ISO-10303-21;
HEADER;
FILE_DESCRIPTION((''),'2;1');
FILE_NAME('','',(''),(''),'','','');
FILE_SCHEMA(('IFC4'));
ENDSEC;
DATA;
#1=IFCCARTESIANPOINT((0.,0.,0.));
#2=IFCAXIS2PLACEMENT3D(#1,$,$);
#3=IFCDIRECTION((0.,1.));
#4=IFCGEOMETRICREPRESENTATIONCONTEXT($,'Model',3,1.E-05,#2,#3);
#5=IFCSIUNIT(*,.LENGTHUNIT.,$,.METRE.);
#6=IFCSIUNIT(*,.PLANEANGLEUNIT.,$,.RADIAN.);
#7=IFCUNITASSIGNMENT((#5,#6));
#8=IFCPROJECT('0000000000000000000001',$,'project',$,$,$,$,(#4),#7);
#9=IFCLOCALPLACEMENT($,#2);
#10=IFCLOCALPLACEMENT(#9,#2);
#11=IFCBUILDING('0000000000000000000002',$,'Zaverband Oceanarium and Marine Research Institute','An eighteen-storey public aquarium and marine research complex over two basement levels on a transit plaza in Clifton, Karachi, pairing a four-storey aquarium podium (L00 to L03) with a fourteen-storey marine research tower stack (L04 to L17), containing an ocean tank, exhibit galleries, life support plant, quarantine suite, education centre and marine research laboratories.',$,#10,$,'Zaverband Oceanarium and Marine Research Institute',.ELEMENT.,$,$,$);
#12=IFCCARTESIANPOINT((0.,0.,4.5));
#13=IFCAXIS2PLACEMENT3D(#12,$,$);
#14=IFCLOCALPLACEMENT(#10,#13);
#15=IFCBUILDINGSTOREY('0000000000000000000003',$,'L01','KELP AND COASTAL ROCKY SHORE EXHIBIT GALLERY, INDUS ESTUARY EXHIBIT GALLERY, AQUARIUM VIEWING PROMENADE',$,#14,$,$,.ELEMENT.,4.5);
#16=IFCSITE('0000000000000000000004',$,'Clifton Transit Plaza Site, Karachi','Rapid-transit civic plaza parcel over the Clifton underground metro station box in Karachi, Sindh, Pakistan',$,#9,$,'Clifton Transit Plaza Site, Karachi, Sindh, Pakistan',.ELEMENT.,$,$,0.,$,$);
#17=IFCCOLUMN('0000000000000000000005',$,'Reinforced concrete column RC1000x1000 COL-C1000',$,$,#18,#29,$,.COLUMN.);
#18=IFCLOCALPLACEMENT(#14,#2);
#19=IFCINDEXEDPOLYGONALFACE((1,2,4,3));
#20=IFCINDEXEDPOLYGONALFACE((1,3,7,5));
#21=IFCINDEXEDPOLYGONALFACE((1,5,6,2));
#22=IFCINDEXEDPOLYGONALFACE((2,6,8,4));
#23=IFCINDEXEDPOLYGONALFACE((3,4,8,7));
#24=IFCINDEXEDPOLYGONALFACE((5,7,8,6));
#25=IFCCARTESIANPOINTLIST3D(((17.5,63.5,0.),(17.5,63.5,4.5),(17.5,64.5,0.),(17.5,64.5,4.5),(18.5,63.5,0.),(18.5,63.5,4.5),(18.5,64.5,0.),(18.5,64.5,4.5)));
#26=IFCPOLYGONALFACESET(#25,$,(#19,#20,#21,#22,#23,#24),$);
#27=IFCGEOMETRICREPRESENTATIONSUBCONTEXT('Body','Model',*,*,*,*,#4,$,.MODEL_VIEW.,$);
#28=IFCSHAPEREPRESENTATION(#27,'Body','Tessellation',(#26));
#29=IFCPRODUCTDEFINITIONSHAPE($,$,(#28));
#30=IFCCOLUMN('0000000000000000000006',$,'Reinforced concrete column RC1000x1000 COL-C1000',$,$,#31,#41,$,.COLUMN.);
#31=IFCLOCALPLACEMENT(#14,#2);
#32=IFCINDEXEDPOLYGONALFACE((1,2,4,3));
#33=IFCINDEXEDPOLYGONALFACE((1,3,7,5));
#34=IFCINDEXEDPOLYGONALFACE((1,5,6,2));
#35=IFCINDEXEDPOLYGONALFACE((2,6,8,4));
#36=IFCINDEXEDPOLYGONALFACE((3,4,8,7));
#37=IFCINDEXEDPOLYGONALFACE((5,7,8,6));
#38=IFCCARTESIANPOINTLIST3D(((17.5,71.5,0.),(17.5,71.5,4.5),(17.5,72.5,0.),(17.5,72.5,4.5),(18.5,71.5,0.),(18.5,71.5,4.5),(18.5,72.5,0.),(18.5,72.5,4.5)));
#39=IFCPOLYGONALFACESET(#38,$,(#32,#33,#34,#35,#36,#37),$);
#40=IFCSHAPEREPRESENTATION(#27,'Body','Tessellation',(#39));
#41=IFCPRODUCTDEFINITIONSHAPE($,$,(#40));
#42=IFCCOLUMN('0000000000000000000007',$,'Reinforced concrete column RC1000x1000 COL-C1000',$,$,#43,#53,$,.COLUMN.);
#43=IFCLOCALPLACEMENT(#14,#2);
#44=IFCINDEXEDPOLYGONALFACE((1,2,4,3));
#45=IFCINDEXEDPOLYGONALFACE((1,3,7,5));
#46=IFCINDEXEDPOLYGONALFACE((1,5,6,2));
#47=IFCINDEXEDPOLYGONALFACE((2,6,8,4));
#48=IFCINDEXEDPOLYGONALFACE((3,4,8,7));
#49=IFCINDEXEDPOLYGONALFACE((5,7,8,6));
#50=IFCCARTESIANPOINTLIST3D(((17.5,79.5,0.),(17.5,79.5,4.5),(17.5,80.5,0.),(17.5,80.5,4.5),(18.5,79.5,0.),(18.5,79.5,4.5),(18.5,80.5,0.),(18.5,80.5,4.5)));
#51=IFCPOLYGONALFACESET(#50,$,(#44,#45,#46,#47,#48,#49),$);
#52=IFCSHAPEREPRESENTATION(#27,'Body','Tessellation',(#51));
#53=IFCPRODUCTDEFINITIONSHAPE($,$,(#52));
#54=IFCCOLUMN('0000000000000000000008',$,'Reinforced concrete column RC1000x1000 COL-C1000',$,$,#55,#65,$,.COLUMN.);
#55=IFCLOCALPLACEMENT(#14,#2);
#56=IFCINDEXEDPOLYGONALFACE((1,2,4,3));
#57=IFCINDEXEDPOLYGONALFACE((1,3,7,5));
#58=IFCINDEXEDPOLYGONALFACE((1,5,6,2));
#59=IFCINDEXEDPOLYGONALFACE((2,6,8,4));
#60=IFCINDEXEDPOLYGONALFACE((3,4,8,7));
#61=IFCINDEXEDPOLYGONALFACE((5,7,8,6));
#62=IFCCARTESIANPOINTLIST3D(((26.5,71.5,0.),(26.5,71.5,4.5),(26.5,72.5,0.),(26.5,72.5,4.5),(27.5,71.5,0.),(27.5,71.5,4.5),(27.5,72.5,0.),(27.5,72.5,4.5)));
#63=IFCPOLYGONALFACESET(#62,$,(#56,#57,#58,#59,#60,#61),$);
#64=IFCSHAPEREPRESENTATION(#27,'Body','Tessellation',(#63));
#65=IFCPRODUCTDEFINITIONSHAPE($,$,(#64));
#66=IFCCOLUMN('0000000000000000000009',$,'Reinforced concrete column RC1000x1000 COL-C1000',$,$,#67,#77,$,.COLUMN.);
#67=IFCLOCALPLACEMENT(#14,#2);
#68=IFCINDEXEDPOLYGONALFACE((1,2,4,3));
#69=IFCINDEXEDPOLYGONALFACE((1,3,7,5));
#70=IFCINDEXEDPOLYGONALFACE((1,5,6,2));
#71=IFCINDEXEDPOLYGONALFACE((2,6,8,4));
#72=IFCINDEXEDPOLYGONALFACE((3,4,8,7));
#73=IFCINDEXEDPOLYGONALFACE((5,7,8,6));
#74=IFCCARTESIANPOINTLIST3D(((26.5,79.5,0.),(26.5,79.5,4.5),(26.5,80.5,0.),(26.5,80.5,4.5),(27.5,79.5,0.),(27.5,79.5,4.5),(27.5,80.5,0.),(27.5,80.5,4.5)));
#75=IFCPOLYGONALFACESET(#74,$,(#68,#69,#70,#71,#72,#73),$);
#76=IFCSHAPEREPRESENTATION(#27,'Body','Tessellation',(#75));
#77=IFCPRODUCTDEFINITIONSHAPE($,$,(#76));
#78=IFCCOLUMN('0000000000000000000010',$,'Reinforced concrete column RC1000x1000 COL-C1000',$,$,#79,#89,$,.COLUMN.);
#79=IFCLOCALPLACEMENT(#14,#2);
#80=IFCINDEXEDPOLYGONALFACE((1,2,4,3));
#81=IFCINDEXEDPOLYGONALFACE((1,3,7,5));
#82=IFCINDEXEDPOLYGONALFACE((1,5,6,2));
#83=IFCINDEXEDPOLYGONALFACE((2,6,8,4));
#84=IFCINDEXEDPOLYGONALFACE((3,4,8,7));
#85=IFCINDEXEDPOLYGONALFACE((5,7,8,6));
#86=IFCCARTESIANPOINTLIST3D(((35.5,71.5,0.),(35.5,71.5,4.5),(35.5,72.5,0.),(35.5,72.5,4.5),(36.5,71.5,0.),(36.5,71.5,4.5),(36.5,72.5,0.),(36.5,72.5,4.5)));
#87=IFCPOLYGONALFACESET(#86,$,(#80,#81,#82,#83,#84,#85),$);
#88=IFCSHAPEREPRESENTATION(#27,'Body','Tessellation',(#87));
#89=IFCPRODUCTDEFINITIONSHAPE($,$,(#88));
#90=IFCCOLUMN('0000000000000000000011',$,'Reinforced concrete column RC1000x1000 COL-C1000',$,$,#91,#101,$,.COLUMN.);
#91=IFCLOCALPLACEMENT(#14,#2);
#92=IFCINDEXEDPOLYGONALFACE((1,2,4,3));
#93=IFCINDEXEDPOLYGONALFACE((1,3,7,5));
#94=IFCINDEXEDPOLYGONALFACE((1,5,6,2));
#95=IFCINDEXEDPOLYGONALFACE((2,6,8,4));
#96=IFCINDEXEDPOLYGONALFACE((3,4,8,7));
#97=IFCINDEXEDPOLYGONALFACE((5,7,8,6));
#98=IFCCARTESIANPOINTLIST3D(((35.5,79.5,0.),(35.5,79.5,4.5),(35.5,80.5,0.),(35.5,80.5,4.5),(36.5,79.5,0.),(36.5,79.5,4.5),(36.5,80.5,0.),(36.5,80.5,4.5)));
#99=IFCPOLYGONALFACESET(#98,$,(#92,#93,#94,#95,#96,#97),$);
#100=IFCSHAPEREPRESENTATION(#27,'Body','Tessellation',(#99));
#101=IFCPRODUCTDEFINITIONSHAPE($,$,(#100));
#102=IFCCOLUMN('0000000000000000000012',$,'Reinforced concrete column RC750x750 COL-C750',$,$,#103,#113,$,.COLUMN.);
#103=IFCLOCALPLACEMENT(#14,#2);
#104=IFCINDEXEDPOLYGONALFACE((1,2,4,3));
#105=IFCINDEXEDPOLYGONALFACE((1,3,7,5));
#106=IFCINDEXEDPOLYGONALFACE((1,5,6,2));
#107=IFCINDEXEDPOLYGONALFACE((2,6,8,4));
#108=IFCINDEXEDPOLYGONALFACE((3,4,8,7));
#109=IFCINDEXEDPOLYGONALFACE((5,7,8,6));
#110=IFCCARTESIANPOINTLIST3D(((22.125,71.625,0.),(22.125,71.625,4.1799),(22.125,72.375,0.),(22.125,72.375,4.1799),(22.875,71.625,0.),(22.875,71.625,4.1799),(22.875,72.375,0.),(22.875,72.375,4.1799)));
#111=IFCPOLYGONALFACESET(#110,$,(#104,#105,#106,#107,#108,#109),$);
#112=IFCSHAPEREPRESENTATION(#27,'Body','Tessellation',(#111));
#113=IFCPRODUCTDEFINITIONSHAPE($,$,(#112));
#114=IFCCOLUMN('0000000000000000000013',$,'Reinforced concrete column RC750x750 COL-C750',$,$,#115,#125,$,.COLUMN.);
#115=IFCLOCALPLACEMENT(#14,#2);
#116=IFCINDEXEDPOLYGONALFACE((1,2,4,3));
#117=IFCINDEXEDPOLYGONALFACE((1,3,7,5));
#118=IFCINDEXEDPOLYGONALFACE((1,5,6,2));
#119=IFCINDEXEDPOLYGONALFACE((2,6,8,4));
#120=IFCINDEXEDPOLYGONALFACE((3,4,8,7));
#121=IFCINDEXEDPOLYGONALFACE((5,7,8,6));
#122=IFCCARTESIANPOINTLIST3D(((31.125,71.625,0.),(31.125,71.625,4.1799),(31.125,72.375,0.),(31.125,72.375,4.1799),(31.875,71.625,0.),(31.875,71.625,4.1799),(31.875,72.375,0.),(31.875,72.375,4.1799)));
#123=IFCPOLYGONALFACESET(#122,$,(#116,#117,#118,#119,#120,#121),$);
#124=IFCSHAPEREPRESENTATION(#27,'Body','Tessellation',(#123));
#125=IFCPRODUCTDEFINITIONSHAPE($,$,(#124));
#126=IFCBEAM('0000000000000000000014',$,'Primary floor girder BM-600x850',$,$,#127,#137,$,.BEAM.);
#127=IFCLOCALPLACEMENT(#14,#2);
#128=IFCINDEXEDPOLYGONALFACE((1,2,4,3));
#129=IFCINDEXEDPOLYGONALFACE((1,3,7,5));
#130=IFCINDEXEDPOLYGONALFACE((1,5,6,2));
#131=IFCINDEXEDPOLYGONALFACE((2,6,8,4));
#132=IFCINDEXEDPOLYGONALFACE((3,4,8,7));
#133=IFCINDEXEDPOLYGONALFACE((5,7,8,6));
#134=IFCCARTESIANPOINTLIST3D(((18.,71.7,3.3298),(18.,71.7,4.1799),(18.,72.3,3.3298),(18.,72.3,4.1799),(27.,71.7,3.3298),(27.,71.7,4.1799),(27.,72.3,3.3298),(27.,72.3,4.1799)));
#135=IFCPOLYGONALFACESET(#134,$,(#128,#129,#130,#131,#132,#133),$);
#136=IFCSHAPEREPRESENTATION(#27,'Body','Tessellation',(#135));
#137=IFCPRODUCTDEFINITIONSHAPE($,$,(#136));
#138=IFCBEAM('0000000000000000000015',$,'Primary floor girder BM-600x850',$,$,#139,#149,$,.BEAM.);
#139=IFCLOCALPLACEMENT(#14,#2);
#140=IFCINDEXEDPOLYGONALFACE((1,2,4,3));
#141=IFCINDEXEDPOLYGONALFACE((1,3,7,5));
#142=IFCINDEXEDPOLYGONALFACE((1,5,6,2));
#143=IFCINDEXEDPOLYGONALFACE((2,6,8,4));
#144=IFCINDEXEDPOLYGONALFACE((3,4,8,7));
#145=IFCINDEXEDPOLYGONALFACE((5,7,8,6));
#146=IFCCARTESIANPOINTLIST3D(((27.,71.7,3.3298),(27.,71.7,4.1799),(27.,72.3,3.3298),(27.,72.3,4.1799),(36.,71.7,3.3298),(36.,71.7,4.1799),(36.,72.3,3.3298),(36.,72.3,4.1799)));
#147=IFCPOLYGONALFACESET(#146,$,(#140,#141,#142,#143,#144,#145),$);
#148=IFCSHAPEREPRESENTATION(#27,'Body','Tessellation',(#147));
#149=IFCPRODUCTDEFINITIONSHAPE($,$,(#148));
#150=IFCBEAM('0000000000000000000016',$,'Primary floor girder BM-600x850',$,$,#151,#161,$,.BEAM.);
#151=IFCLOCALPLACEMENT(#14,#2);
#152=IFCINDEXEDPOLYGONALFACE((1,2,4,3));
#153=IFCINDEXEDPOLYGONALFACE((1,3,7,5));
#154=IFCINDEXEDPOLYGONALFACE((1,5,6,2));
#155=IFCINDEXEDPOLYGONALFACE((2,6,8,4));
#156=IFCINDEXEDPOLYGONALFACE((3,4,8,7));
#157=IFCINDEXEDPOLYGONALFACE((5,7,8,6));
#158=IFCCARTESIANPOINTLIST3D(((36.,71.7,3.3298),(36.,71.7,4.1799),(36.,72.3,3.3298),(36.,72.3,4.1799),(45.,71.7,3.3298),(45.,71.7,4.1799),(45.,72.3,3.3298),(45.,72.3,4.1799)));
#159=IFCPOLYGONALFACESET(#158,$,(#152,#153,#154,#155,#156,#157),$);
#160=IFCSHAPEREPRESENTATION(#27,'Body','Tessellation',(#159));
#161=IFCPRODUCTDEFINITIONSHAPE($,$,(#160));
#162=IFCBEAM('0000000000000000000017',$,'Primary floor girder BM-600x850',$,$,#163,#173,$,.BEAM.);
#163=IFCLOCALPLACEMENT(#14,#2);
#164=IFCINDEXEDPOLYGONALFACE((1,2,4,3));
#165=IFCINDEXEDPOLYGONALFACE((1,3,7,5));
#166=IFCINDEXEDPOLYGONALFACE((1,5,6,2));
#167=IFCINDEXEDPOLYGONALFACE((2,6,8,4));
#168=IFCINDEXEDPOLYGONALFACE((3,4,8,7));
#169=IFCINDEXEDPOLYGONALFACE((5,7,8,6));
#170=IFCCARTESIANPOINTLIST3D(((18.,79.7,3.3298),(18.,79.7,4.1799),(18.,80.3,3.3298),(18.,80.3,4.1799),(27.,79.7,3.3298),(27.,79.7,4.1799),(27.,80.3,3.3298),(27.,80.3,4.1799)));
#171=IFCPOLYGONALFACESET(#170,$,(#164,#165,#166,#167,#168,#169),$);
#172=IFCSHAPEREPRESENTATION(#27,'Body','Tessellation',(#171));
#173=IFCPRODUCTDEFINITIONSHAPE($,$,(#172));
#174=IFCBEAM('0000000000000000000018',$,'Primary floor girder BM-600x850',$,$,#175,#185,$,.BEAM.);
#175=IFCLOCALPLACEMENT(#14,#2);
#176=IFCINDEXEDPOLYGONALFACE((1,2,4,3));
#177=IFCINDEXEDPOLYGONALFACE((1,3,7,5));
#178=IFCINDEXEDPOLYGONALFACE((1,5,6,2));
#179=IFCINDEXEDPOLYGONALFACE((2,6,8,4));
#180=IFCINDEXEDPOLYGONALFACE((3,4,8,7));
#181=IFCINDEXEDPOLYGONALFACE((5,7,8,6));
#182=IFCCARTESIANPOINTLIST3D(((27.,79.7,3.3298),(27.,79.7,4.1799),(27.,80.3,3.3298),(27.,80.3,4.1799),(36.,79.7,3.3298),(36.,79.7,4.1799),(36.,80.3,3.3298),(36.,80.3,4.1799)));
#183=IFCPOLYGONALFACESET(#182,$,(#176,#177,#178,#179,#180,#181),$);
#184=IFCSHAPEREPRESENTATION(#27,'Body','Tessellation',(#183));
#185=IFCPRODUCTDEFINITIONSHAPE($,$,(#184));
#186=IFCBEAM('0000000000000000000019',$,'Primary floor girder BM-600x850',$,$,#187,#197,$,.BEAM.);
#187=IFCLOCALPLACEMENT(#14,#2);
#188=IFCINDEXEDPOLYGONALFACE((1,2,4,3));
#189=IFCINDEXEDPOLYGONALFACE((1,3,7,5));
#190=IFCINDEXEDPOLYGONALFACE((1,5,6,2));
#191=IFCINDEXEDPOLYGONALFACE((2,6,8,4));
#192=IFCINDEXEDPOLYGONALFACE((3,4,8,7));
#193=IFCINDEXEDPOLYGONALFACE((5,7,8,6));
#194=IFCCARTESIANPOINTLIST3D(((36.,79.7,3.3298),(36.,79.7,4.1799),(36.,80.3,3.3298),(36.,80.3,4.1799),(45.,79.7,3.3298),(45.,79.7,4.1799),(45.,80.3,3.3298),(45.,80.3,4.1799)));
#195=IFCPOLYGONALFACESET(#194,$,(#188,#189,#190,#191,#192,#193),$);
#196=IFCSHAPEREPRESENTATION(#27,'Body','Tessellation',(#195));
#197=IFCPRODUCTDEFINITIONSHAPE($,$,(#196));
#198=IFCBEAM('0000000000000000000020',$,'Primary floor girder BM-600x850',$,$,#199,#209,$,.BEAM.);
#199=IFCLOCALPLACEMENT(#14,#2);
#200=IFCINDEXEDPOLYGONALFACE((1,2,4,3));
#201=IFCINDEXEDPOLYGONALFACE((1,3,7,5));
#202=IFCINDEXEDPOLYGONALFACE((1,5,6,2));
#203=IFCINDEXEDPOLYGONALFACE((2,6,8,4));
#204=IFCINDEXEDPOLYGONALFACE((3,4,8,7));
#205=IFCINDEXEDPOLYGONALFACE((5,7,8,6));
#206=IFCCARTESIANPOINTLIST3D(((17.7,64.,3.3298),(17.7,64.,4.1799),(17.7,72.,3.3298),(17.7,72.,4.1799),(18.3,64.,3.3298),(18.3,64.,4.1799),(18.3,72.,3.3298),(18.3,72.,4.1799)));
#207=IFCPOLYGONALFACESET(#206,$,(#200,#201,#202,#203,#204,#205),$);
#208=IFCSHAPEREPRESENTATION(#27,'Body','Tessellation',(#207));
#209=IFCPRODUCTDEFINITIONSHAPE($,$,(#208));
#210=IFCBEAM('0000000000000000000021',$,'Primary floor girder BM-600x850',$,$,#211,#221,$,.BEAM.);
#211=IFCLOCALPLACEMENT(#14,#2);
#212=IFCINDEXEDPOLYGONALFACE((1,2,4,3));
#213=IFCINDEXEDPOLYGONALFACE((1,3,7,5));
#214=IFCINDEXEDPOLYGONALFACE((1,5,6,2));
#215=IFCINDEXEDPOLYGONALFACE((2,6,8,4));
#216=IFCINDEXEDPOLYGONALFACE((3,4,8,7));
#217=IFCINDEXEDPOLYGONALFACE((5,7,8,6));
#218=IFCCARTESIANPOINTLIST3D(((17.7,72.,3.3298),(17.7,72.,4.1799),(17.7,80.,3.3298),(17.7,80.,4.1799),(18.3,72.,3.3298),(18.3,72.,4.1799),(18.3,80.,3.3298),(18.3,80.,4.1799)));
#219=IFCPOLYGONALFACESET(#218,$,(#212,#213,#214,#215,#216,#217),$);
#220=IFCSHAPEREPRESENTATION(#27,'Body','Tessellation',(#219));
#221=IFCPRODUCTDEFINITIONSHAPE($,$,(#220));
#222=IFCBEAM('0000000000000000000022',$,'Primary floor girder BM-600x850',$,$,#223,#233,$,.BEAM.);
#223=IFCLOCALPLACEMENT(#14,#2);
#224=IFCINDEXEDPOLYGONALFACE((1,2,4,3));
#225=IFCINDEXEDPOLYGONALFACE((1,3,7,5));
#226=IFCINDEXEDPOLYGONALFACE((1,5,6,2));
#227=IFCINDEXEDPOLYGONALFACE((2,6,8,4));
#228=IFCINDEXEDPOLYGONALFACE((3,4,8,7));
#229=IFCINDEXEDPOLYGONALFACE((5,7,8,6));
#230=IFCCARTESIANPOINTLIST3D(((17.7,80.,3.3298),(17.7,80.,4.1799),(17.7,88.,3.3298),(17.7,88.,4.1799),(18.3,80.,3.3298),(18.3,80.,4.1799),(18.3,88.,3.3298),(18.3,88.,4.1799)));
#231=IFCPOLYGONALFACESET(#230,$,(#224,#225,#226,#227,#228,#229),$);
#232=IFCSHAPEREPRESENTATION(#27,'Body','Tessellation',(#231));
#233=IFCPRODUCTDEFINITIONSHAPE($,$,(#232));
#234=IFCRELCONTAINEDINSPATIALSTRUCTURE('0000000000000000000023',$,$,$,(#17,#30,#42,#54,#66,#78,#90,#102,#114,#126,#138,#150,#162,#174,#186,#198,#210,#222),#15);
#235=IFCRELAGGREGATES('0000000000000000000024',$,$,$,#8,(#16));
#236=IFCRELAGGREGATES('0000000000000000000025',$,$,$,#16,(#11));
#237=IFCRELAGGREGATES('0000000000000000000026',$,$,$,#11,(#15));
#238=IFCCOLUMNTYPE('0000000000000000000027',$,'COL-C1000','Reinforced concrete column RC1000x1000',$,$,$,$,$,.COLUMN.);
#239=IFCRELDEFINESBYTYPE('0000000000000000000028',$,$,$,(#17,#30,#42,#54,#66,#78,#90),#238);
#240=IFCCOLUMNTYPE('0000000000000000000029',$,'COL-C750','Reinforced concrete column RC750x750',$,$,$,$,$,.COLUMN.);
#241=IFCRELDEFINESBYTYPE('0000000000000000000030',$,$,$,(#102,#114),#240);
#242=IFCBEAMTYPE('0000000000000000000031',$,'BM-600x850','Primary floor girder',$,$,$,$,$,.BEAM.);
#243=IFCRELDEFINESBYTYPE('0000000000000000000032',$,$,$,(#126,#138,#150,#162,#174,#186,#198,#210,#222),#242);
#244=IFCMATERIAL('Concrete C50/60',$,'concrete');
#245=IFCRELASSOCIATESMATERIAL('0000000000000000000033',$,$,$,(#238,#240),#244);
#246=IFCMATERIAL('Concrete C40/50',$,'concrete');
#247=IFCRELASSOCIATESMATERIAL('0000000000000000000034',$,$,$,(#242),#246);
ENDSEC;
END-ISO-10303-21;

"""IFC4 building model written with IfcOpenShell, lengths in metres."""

from ifc_helpers import new_model, si_unit, direction, frame, origin, origin_2d, place, context, subcontext, project, spatial, rectangle, extrude, material, material_profile, profile_set, type_object, element, save


model = new_model("IFC4")

# Units and contexts
model_context = context("Model", 3, precision=1e-05, world=origin(), true_north=direction((0.0, 1.0)))
body_context = subcontext(model_context, "Body", "Model", "MODEL_VIEW")
ifc_project = project(units=[si_unit("LENGTHUNIT", "METRE"), si_unit("PLANEANGLEUNIT", "RADIAN")], contexts=[model_context])

# Site, building, storey
site_placement = place(None, origin())
site = spatial("IfcSite", under=ifc_project, at=site_placement, Name="Clifton Transit Plaza Site, Karachi", Description="Rapid-transit civic plaza parcel over the Clifton underground metro station box in Karachi, Sindh, Pakistan", LongName="Clifton Transit Plaza Site, Karachi, Sindh, Pakistan", CompositionType="ELEMENT", RefElevation=0.0)
building_placement = place(site_placement, origin())
building = spatial("IfcBuilding", under=site, at=building_placement, Name="Zaverband Oceanarium and Marine Research Institute", Description="An eighteen-storey public aquarium and marine research complex over two basement levels on a transit plaza in Clifton, Karachi, pairing a four-storey aquarium podium (L00 to L03) with a fourteen-storey marine research tower stack (L04 to L17), containing an ocean tank, exhibit galleries, life support plant, quarantine suite, education centre and marine research laboratories.", LongName="Zaverband Oceanarium and Marine Research Institute", CompositionType="ELEMENT")
storey_placement = place(building_placement, frame((0.0, 0.0, 4.5)))
storey = spatial("IfcBuildingStorey", under=building, at=storey_placement, Name="L01", Description="KELP AND COASTAL ROCKY SHORE EXHIBIT GALLERY, INDUS ESTUARY EXHIBIT GALLERY, AQUARIUM VIEWING PROMENADE", CompositionType="ELEMENT", Elevation=4.5)

# Columns
ifc_material_1 = material(Name="Concrete C50/60", Category="concrete")
ifc_material_profile_1 = material_profile(ifc_material_1, rectangle(XDim=1.0, YDim=1.0, at=origin_2d()), Name="RC1000x1000")
ifc_profile_set_1 = profile_set([ifc_material_profile_1], Name="Concrete C50/60")
column_type_1 = type_object("IfcColumnType", Name="COL-C1000", Description="Reinforced concrete column RC1000x1000", PredefinedType="COLUMN", material=ifc_profile_set_1)
for number, where, z_axis, x_axis, name in (
    (1, (18.0, 64.0, 0.0), (0.0, 0.0, 1.0), (1.0, 0.0, 0.0), "Reinforced concrete column RC1000x1000 COL-C1000"),
    (2, (18.0, 72.0, 0.0), (0.0, 0.0, 1.0), (1.0, 0.0, 0.0), "Reinforced concrete column RC1000x1000 COL-C1000"),
    (3, (18.0, 80.0, 0.0), (0.0, 0.0, 1.0), (1.0, 0.0, 0.0), "Reinforced concrete column RC1000x1000 COL-C1000"),
    (4, (27.0, 72.0, 0.0), (0.0, 0.0, 1.0), (1.0, 0.0, 0.0), "Reinforced concrete column RC1000x1000 COL-C1000"),
    (5, (27.0, 80.0, 0.0), (0.0, 0.0, 1.0), (1.0, 0.0, 0.0), "Reinforced concrete column RC1000x1000 COL-C1000"),
    (6, (36.0, 72.0, 0.0), (0.0, 0.0, 1.0), (1.0, 0.0, 0.0), "Reinforced concrete column RC1000x1000 COL-C1000"),
    (7, (36.0, 80.0, 0.0), (0.0, 0.0, 1.0), (1.0, 0.0, 0.0), "Reinforced concrete column RC1000x1000 COL-C1000"),
):
    element("IfcColumn", number, at=place(storey_placement, frame(where, z_axis=z_axis, x_axis=x_axis)), inside=storey, type_object=column_type_1, Name=name, PredefinedType="COLUMN", context=body_context, shape_type="SweptSolid", body=[
        extrude(rectangle(XDim=1.0, YDim=1.0, at=origin_2d()), origin(), (0.0, 0.0, 1.0), 4.5),
    ])
ifc_material_profile_2 = material_profile(ifc_material_1, rectangle(XDim=0.75, YDim=0.75, at=origin_2d()), Name="RC750x750")
ifc_profile_set_2 = profile_set([ifc_material_profile_2], Name="Concrete C50/60")
column_type_2 = type_object("IfcColumnType", Name="COL-C750", Description="Reinforced concrete column RC750x750", PredefinedType="COLUMN", material=ifc_profile_set_2)
for number, where, z_axis, x_axis, name in (
    (8, (22.5, 72.0, 0.0), (0.0, 0.0, 1.0), (1.0, 0.0, 0.0), "Reinforced concrete column RC750x750 COL-C750"),
    (9, (31.5, 72.0, 0.0), (0.0, 0.0, 1.0), (1.0, 0.0, 0.0), "Reinforced concrete column RC750x750 COL-C750"),
):
    element("IfcColumn", number, at=place(storey_placement, frame(where, z_axis=z_axis, x_axis=x_axis)), inside=storey, type_object=column_type_2, Name=name, PredefinedType="COLUMN", context=body_context, shape_type="SweptSolid", body=[
        extrude(rectangle(XDim=0.75, YDim=0.75, at=origin_2d()), origin(), (0.0, 0.0, 1.0), 4.1799),
    ])

# Beams
ifc_material_2 = material(Name="Concrete C40/50", Category="concrete")
ifc_material_profile_3 = material_profile(ifc_material_2, rectangle(XDim=0.6001, YDim=0.8501, at=origin_2d()), Name="RC600x850")
ifc_profile_set_3 = profile_set([ifc_material_profile_3], Name="Concrete C40/50")
beam_type_1 = type_object("IfcBeamType", Name="BM-600x850", Description="Primary floor girder", PredefinedType="BEAM", material=ifc_profile_set_3)
for number, where, z_axis, x_axis, name in (
    (10, (18.0, 72.0, 3.7549), (1.0, 0.0, 0.0), (0.0, 1.0, 0.0), "Primary floor girder BM-600x850"),
    (11, (27.0, 72.0, 3.7549), (1.0, 0.0, 0.0), (0.0, 1.0, 0.0), "Primary floor girder BM-600x850"),
    (12, (36.0, 72.0, 3.7549), (1.0, 0.0, 0.0), (0.0, 1.0, 0.0), "Primary floor girder BM-600x850"),
    (13, (18.0, 80.0, 3.7549), (1.0, 0.0, 0.0), (0.0, 1.0, 0.0), "Primary floor girder BM-600x850"),
    (14, (27.0, 80.0, 3.7549), (1.0, 0.0, 0.0), (0.0, 1.0, 0.0), "Primary floor girder BM-600x850"),
    (15, (36.0, 80.0, 3.7549), (1.0, 0.0, 0.0), (0.0, 1.0, 0.0), "Primary floor girder BM-600x850"),
):
    element("IfcBeam", number, at=place(storey_placement, frame(where, z_axis=z_axis, x_axis=x_axis)), inside=storey, type_object=beam_type_1, Name=name, PredefinedType="BEAM", context=body_context, shape_type="SweptSolid", body=[
        extrude(rectangle(XDim=0.6001, YDim=0.8501, at=origin_2d()), origin(), (0.0, 0.0, 1.0), 9.0),
    ])
for number, where, z_axis, x_axis, name in (
    (16, (18.0, 64.0, 3.7549), (0.0, 1.0, 0.0), (-1.0, 0.0, 0.0), "Primary floor girder BM-600x850"),
    (17, (18.0, 72.0, 3.7549), (0.0, 1.0, 0.0), (-1.0, 0.0, 0.0), "Primary floor girder BM-600x850"),
    (18, (18.0, 80.0, 3.7549), (0.0, 1.0, 0.0), (-1.0, 0.0, 0.0), "Primary floor girder BM-600x850"),
):
    element("IfcBeam", number, at=place(storey_placement, frame(where, z_axis=z_axis, x_axis=x_axis)), inside=storey, type_object=beam_type_1, Name=name, PredefinedType="BEAM", context=body_context, shape_type="SweptSolid", body=[
        extrude(rectangle(XDim=0.6001, YDim=0.8501, at=origin_2d()), origin(), (0.0, 0.0, 1.0), 8.0),
    ])

save(model, "model.ifc")
